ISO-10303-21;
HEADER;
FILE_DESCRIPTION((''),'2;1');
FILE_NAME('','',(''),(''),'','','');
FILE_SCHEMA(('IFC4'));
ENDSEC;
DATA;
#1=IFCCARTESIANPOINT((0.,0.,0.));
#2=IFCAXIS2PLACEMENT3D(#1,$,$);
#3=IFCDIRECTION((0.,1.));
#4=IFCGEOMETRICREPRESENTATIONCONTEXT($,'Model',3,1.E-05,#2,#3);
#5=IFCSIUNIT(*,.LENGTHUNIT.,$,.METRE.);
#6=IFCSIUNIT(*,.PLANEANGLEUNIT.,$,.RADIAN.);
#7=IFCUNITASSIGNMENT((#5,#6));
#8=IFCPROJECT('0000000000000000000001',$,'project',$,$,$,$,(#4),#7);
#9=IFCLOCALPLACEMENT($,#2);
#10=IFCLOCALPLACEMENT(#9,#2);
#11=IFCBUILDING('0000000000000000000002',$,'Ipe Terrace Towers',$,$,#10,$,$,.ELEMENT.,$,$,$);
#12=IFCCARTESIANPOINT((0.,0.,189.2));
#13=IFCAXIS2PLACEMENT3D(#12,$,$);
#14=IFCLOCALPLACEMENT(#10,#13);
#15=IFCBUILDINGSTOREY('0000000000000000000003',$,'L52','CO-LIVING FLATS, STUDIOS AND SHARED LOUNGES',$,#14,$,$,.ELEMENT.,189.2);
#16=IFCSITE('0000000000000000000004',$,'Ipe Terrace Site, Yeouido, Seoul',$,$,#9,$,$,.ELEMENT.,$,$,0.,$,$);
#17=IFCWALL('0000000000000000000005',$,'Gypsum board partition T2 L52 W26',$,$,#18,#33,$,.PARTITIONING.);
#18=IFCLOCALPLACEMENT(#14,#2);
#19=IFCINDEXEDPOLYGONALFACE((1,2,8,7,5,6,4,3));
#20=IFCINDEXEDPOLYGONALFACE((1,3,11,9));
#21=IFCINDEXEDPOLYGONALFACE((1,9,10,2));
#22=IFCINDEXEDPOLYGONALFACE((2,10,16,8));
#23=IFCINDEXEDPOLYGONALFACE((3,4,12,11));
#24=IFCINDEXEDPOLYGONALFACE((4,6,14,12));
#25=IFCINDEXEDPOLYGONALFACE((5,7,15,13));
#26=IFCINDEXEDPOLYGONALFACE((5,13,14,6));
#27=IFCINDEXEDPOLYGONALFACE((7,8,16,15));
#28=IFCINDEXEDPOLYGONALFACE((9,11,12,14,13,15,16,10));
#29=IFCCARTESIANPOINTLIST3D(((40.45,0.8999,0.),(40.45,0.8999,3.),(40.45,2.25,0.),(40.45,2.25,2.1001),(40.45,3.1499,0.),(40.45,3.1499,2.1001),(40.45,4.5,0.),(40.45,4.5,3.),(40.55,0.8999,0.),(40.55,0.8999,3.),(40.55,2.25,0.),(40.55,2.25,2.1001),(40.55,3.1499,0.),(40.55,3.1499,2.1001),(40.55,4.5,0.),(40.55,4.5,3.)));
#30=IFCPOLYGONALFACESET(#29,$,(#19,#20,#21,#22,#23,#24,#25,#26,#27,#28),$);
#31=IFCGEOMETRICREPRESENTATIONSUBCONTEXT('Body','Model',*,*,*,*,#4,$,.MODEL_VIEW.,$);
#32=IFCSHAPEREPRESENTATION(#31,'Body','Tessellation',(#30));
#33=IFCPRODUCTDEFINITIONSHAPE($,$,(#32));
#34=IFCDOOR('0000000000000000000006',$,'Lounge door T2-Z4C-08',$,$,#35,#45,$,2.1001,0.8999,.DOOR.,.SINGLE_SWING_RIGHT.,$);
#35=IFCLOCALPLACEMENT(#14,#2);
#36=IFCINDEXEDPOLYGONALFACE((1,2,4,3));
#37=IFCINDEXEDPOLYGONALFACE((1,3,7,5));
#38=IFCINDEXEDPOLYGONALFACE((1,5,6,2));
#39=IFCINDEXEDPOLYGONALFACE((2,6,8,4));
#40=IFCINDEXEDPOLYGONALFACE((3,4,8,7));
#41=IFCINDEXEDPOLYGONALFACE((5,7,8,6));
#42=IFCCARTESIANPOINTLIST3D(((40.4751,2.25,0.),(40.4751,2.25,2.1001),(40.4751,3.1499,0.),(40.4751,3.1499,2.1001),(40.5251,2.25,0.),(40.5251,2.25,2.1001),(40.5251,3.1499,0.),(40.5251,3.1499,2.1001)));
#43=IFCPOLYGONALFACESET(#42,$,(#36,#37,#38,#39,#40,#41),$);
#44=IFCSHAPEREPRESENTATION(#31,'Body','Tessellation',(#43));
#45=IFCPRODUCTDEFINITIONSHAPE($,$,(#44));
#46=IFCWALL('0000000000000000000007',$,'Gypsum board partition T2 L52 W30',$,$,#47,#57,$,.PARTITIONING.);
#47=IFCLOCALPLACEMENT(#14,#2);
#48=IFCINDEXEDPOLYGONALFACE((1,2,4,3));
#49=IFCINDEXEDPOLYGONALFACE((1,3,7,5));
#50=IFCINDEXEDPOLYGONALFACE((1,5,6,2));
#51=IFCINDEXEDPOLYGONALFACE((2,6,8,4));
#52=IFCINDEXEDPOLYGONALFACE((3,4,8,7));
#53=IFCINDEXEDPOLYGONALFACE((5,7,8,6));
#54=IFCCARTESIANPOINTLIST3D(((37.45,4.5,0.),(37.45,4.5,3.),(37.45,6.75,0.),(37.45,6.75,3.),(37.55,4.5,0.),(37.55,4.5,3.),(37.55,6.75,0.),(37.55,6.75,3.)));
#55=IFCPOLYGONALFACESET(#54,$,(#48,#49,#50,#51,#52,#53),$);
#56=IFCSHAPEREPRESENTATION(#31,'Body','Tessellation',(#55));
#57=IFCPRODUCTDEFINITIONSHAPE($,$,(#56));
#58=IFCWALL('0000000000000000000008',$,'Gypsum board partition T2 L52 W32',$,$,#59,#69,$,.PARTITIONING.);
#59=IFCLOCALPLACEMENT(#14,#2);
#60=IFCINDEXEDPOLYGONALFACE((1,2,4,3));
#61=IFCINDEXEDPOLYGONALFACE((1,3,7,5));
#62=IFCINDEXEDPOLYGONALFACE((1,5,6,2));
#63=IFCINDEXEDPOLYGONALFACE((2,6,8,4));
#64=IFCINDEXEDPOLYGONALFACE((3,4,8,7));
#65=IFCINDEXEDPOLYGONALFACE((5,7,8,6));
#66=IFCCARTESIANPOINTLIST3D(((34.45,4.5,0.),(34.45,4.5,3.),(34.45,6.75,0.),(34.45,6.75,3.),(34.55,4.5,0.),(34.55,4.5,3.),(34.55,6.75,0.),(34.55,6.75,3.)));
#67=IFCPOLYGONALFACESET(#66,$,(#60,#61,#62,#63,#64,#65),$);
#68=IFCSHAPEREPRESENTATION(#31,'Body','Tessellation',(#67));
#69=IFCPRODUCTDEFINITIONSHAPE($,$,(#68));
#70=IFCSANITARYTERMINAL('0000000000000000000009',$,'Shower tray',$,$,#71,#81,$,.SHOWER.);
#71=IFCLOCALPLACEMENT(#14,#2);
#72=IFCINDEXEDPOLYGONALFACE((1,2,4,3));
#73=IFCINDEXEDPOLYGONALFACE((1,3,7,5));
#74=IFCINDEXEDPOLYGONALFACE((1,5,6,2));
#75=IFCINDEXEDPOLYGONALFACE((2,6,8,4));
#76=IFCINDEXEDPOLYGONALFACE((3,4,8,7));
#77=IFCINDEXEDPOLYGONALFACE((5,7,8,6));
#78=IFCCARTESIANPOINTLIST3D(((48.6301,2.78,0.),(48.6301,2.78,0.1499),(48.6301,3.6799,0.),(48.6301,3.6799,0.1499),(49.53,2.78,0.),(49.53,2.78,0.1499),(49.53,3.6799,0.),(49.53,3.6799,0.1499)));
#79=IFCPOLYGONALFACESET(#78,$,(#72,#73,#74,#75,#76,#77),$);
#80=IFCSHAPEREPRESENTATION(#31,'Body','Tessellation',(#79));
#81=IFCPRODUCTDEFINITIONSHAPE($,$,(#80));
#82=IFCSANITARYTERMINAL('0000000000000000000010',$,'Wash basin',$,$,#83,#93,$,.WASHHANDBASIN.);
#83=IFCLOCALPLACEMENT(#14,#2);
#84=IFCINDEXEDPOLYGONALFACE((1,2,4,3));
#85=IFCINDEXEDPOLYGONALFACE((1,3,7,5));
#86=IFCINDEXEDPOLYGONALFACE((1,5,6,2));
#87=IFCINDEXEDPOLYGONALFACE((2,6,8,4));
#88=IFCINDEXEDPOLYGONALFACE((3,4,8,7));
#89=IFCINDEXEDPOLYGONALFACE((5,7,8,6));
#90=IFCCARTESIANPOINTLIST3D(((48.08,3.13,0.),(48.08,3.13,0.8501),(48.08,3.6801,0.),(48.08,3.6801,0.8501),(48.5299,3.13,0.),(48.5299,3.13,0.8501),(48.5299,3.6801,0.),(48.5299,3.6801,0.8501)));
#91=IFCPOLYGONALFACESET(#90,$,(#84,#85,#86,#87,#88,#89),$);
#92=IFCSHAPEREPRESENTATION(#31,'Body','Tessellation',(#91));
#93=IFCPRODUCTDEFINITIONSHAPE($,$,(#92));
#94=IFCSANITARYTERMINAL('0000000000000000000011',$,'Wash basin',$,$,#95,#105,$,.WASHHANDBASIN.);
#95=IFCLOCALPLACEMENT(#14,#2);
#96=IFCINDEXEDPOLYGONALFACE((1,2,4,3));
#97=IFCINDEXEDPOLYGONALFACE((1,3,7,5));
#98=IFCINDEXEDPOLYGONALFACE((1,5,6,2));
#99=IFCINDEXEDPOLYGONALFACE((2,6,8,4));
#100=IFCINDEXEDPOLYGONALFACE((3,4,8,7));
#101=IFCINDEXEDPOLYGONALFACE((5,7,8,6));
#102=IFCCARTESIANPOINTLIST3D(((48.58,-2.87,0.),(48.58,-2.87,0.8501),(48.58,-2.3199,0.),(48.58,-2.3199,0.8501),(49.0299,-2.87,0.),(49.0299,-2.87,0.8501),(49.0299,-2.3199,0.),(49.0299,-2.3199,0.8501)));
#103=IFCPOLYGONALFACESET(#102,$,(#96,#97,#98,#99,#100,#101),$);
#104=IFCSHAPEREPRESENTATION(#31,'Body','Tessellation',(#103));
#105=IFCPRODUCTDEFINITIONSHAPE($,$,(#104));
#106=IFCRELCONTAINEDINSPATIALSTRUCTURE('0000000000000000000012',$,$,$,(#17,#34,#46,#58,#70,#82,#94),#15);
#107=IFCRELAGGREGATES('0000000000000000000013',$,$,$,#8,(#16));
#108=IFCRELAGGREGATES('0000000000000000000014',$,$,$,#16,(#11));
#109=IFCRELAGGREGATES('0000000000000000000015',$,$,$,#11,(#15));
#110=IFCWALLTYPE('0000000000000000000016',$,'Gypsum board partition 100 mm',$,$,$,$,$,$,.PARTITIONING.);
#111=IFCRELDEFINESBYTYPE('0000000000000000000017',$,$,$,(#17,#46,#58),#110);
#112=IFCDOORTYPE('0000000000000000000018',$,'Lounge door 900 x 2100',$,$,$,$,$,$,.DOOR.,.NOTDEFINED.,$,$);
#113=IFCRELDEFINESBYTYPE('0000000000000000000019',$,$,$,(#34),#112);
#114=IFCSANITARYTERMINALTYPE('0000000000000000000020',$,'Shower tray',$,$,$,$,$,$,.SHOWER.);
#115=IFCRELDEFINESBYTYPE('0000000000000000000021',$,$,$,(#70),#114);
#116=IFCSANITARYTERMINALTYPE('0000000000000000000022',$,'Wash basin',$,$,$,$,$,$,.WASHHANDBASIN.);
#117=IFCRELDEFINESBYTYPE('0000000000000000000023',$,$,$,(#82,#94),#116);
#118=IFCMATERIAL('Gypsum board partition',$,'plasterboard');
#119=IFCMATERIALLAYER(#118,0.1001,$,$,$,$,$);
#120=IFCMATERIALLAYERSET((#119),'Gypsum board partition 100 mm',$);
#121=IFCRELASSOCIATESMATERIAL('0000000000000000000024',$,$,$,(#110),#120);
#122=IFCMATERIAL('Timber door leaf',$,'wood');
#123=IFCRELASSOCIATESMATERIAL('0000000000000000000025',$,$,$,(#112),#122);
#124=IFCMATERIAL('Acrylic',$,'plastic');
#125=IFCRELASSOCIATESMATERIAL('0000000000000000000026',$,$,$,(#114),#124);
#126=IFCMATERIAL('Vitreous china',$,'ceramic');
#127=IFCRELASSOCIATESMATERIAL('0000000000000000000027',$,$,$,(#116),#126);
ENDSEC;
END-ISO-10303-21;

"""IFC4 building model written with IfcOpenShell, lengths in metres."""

from ifc_helpers import new_model, si_unit, direction, frame, frame_2d, origin, origin_2d, place, context, subcontext, project, spatial, rectangle, extrude, material, layer, layer_set, type_object, element, fill, save


model = new_model("IFC4")

# Units and contexts
model_context = context("Model", 3, precision=1e-05, world=origin(), true_north=direction((0.0, 1.0)))
body_context = subcontext(model_context, "Body", "Model", "MODEL_VIEW")
ifc_project = project(units=[si_unit("LENGTHUNIT", "METRE"), si_unit("PLANEANGLEUNIT", "RADIAN")], contexts=[model_context])

# Site, building, storey
site_placement = place(None, origin())
site = spatial("IfcSite", under=ifc_project, at=site_placement, Name="Ipe Terrace Site, Yeouido, Seoul", CompositionType="ELEMENT", RefElevation=0.0)
building_placement = place(site_placement, origin())
building = spatial("IfcBuilding", under=site, at=building_placement, Name="Ipe Terrace Towers", CompositionType="ELEMENT")
storey_placement = place(building_placement, frame((0.0, 0.0, 189.2)))
storey = spatial("IfcBuildingStorey", under=building, at=storey_placement, Name="L52", Description="CO-LIVING FLATS, STUDIOS AND SHARED LOUNGES", CompositionType="ELEMENT", Elevation=189.2)

# Shared definitions
ifc_material_1 = material(Name="Gypsum board partition", Category="plasterboard")
ifc_layer = layer(ifc_material_1, 0.1001)
ifc_layer_set = layer_set([ifc_layer], Name="Gypsum board partition 100 mm")
wall_type = type_object("IfcWallType", Name="Gypsum board partition 100 mm", PredefinedType="PARTITIONING", material=ifc_layer_set)

# Shared definitions
ifc_material_2 = material(Name="Timber door leaf", Category="wood")
door_type = type_object("IfcDoorType", Name="Lounge door 900 x 2100", OperationType="NOTDEFINED", PredefinedType="DOOR", material=ifc_material_2)

# Wall, opening, door
wall_1_placement = place(storey_placement, frame((40.5, 0.8999, 0.0), z_axis=(0.0, 0.0, 1.0), x_axis=(0.0, 1.0, 0.0)))
wall_1 = element("IfcWall", 1, at=wall_1_placement, inside=storey, type_object=wall_type, Name="Gypsum board partition T2 L52 W26", PredefinedType="PARTITIONING", context=body_context, shape_type="SweptSolid", body=[
    extrude(rectangle(XDim=3.6001, YDim=0.1001, at=frame_2d((1.8, 0.0))), origin(), (0.0, 0.0, 1.0), 3.0),
])
opening_1_placement = place(wall_1_placement, frame((1.3501, 0.0, 0.0)))
opening_1 = element("IfcOpeningElement", 2, at=opening_1_placement, cuts=wall_1, PredefinedType="OPENING", context=body_context, shape_type="SweptSolid", body=[
    extrude(rectangle(XDim=0.8999, YDim=2.1001, at=frame_2d((0.45, 1.05))), frame((0.0, 0.0601, 0.0), z_axis=(0.0, -1.0, 0.0), x_axis=(1.0, 0.0, 0.0)), (0.0, 0.0, 1.0), 0.1201),
])
door_1_placement = place(opening_1_placement, origin())
door_1 = element("IfcDoor", 3, at=door_1_placement, inside=storey, type_object=door_type, Name="Lounge door T2-Z4C-08", OperationType="SINGLE_SWING_RIGHT", OverallHeight=2.1001, OverallWidth=0.8999, PredefinedType="DOOR", context=body_context, shape_type="SweptSolid", body=[
    extrude(rectangle(XDim=0.8999, YDim=2.1001, at=frame_2d((0.45, 1.05))), frame((0.0, 0.0249, 0.0), z_axis=(0.0, -1.0, 0.0), x_axis=(1.0, 0.0, 0.0)), (0.0, 0.0, 1.0), 0.05),
])
fill(opening_1, door_1)

# Walls
for number, where, z_axis, x_axis, name in (
    (4, (37.5, 4.5, 0.0), (0.0, 0.0, 1.0), (0.0, 1.0, 0.0), "Gypsum board partition T2 L52 W30"),
    (5, (34.5, 4.5, 0.0), (0.0, 0.0, 1.0), (0.0, 1.0, 0.0), "Gypsum board partition T2 L52 W32"),
):
    element("IfcWall", number, at=place(storey_placement, frame(where, z_axis=z_axis, x_axis=x_axis)), inside=storey, type_object=wall_type, Name=name, PredefinedType="PARTITIONING", context=body_context, shape_type="SweptSolid", body=[
        extrude(rectangle(XDim=2.25, YDim=0.1001, at=frame_2d((1.125, 0.0))), origin(), (0.0, 0.0, 1.0), 3.0),
    ])

# Sanitary terminals
ifc_material_3 = material(Name="Acrylic", Category="plastic")
sanitary_terminal_type_1 = type_object("IfcSanitaryTerminalType", Name="Shower tray", PredefinedType="SHOWER", material=ifc_material_3)
sanitary_terminal_placement = place(storey_placement, frame((49.0801, 3.23, 0.0), z_axis=(0.0, 0.0, 1.0), x_axis=(0.0, -1.0, 0.0)))
element("IfcSanitaryTerminal", 6, at=sanitary_terminal_placement, inside=storey, type_object=sanitary_terminal_type_1, Name="Shower tray", PredefinedType="SHOWER", context=body_context, shape_type="SweptSolid", body=[
    extrude(rectangle(XDim=0.8999, YDim=0.8999, at=origin_2d()), origin(), (0.0, 0.0, 1.0), 0.1499),
])
ifc_material_4 = material(Name="Vitreous china", Category="ceramic")
sanitary_terminal_type_2 = type_object("IfcSanitaryTerminalType", Name="Wash basin", PredefinedType="WASHHANDBASIN", material=ifc_material_4)
for number, where, z_axis, x_axis, name in (
    (7, (48.3049, 3.405, 0.0), (0.0, 0.0, 1.0), (0.0, -1.0, 0.0), "Wash basin"),
    (8, (48.8049, -2.595, 0.0), (0.0, 0.0, 1.0), (0.0, -1.0, 0.0), "Wash basin"),
):
    element("IfcSanitaryTerminal", number, at=place(storey_placement, frame(where, z_axis=z_axis, x_axis=x_axis)), inside=storey, type_object=sanitary_terminal_type_2, Name=name, PredefinedType="WASHHANDBASIN", context=body_context, shape_type="SweptSolid", body=[
        extrude(rectangle(XDim=0.55, YDim=0.45, at=origin_2d()), origin(), (0.0, 0.0, 1.0), 0.8501),
    ])

save(model, "model.ifc")
